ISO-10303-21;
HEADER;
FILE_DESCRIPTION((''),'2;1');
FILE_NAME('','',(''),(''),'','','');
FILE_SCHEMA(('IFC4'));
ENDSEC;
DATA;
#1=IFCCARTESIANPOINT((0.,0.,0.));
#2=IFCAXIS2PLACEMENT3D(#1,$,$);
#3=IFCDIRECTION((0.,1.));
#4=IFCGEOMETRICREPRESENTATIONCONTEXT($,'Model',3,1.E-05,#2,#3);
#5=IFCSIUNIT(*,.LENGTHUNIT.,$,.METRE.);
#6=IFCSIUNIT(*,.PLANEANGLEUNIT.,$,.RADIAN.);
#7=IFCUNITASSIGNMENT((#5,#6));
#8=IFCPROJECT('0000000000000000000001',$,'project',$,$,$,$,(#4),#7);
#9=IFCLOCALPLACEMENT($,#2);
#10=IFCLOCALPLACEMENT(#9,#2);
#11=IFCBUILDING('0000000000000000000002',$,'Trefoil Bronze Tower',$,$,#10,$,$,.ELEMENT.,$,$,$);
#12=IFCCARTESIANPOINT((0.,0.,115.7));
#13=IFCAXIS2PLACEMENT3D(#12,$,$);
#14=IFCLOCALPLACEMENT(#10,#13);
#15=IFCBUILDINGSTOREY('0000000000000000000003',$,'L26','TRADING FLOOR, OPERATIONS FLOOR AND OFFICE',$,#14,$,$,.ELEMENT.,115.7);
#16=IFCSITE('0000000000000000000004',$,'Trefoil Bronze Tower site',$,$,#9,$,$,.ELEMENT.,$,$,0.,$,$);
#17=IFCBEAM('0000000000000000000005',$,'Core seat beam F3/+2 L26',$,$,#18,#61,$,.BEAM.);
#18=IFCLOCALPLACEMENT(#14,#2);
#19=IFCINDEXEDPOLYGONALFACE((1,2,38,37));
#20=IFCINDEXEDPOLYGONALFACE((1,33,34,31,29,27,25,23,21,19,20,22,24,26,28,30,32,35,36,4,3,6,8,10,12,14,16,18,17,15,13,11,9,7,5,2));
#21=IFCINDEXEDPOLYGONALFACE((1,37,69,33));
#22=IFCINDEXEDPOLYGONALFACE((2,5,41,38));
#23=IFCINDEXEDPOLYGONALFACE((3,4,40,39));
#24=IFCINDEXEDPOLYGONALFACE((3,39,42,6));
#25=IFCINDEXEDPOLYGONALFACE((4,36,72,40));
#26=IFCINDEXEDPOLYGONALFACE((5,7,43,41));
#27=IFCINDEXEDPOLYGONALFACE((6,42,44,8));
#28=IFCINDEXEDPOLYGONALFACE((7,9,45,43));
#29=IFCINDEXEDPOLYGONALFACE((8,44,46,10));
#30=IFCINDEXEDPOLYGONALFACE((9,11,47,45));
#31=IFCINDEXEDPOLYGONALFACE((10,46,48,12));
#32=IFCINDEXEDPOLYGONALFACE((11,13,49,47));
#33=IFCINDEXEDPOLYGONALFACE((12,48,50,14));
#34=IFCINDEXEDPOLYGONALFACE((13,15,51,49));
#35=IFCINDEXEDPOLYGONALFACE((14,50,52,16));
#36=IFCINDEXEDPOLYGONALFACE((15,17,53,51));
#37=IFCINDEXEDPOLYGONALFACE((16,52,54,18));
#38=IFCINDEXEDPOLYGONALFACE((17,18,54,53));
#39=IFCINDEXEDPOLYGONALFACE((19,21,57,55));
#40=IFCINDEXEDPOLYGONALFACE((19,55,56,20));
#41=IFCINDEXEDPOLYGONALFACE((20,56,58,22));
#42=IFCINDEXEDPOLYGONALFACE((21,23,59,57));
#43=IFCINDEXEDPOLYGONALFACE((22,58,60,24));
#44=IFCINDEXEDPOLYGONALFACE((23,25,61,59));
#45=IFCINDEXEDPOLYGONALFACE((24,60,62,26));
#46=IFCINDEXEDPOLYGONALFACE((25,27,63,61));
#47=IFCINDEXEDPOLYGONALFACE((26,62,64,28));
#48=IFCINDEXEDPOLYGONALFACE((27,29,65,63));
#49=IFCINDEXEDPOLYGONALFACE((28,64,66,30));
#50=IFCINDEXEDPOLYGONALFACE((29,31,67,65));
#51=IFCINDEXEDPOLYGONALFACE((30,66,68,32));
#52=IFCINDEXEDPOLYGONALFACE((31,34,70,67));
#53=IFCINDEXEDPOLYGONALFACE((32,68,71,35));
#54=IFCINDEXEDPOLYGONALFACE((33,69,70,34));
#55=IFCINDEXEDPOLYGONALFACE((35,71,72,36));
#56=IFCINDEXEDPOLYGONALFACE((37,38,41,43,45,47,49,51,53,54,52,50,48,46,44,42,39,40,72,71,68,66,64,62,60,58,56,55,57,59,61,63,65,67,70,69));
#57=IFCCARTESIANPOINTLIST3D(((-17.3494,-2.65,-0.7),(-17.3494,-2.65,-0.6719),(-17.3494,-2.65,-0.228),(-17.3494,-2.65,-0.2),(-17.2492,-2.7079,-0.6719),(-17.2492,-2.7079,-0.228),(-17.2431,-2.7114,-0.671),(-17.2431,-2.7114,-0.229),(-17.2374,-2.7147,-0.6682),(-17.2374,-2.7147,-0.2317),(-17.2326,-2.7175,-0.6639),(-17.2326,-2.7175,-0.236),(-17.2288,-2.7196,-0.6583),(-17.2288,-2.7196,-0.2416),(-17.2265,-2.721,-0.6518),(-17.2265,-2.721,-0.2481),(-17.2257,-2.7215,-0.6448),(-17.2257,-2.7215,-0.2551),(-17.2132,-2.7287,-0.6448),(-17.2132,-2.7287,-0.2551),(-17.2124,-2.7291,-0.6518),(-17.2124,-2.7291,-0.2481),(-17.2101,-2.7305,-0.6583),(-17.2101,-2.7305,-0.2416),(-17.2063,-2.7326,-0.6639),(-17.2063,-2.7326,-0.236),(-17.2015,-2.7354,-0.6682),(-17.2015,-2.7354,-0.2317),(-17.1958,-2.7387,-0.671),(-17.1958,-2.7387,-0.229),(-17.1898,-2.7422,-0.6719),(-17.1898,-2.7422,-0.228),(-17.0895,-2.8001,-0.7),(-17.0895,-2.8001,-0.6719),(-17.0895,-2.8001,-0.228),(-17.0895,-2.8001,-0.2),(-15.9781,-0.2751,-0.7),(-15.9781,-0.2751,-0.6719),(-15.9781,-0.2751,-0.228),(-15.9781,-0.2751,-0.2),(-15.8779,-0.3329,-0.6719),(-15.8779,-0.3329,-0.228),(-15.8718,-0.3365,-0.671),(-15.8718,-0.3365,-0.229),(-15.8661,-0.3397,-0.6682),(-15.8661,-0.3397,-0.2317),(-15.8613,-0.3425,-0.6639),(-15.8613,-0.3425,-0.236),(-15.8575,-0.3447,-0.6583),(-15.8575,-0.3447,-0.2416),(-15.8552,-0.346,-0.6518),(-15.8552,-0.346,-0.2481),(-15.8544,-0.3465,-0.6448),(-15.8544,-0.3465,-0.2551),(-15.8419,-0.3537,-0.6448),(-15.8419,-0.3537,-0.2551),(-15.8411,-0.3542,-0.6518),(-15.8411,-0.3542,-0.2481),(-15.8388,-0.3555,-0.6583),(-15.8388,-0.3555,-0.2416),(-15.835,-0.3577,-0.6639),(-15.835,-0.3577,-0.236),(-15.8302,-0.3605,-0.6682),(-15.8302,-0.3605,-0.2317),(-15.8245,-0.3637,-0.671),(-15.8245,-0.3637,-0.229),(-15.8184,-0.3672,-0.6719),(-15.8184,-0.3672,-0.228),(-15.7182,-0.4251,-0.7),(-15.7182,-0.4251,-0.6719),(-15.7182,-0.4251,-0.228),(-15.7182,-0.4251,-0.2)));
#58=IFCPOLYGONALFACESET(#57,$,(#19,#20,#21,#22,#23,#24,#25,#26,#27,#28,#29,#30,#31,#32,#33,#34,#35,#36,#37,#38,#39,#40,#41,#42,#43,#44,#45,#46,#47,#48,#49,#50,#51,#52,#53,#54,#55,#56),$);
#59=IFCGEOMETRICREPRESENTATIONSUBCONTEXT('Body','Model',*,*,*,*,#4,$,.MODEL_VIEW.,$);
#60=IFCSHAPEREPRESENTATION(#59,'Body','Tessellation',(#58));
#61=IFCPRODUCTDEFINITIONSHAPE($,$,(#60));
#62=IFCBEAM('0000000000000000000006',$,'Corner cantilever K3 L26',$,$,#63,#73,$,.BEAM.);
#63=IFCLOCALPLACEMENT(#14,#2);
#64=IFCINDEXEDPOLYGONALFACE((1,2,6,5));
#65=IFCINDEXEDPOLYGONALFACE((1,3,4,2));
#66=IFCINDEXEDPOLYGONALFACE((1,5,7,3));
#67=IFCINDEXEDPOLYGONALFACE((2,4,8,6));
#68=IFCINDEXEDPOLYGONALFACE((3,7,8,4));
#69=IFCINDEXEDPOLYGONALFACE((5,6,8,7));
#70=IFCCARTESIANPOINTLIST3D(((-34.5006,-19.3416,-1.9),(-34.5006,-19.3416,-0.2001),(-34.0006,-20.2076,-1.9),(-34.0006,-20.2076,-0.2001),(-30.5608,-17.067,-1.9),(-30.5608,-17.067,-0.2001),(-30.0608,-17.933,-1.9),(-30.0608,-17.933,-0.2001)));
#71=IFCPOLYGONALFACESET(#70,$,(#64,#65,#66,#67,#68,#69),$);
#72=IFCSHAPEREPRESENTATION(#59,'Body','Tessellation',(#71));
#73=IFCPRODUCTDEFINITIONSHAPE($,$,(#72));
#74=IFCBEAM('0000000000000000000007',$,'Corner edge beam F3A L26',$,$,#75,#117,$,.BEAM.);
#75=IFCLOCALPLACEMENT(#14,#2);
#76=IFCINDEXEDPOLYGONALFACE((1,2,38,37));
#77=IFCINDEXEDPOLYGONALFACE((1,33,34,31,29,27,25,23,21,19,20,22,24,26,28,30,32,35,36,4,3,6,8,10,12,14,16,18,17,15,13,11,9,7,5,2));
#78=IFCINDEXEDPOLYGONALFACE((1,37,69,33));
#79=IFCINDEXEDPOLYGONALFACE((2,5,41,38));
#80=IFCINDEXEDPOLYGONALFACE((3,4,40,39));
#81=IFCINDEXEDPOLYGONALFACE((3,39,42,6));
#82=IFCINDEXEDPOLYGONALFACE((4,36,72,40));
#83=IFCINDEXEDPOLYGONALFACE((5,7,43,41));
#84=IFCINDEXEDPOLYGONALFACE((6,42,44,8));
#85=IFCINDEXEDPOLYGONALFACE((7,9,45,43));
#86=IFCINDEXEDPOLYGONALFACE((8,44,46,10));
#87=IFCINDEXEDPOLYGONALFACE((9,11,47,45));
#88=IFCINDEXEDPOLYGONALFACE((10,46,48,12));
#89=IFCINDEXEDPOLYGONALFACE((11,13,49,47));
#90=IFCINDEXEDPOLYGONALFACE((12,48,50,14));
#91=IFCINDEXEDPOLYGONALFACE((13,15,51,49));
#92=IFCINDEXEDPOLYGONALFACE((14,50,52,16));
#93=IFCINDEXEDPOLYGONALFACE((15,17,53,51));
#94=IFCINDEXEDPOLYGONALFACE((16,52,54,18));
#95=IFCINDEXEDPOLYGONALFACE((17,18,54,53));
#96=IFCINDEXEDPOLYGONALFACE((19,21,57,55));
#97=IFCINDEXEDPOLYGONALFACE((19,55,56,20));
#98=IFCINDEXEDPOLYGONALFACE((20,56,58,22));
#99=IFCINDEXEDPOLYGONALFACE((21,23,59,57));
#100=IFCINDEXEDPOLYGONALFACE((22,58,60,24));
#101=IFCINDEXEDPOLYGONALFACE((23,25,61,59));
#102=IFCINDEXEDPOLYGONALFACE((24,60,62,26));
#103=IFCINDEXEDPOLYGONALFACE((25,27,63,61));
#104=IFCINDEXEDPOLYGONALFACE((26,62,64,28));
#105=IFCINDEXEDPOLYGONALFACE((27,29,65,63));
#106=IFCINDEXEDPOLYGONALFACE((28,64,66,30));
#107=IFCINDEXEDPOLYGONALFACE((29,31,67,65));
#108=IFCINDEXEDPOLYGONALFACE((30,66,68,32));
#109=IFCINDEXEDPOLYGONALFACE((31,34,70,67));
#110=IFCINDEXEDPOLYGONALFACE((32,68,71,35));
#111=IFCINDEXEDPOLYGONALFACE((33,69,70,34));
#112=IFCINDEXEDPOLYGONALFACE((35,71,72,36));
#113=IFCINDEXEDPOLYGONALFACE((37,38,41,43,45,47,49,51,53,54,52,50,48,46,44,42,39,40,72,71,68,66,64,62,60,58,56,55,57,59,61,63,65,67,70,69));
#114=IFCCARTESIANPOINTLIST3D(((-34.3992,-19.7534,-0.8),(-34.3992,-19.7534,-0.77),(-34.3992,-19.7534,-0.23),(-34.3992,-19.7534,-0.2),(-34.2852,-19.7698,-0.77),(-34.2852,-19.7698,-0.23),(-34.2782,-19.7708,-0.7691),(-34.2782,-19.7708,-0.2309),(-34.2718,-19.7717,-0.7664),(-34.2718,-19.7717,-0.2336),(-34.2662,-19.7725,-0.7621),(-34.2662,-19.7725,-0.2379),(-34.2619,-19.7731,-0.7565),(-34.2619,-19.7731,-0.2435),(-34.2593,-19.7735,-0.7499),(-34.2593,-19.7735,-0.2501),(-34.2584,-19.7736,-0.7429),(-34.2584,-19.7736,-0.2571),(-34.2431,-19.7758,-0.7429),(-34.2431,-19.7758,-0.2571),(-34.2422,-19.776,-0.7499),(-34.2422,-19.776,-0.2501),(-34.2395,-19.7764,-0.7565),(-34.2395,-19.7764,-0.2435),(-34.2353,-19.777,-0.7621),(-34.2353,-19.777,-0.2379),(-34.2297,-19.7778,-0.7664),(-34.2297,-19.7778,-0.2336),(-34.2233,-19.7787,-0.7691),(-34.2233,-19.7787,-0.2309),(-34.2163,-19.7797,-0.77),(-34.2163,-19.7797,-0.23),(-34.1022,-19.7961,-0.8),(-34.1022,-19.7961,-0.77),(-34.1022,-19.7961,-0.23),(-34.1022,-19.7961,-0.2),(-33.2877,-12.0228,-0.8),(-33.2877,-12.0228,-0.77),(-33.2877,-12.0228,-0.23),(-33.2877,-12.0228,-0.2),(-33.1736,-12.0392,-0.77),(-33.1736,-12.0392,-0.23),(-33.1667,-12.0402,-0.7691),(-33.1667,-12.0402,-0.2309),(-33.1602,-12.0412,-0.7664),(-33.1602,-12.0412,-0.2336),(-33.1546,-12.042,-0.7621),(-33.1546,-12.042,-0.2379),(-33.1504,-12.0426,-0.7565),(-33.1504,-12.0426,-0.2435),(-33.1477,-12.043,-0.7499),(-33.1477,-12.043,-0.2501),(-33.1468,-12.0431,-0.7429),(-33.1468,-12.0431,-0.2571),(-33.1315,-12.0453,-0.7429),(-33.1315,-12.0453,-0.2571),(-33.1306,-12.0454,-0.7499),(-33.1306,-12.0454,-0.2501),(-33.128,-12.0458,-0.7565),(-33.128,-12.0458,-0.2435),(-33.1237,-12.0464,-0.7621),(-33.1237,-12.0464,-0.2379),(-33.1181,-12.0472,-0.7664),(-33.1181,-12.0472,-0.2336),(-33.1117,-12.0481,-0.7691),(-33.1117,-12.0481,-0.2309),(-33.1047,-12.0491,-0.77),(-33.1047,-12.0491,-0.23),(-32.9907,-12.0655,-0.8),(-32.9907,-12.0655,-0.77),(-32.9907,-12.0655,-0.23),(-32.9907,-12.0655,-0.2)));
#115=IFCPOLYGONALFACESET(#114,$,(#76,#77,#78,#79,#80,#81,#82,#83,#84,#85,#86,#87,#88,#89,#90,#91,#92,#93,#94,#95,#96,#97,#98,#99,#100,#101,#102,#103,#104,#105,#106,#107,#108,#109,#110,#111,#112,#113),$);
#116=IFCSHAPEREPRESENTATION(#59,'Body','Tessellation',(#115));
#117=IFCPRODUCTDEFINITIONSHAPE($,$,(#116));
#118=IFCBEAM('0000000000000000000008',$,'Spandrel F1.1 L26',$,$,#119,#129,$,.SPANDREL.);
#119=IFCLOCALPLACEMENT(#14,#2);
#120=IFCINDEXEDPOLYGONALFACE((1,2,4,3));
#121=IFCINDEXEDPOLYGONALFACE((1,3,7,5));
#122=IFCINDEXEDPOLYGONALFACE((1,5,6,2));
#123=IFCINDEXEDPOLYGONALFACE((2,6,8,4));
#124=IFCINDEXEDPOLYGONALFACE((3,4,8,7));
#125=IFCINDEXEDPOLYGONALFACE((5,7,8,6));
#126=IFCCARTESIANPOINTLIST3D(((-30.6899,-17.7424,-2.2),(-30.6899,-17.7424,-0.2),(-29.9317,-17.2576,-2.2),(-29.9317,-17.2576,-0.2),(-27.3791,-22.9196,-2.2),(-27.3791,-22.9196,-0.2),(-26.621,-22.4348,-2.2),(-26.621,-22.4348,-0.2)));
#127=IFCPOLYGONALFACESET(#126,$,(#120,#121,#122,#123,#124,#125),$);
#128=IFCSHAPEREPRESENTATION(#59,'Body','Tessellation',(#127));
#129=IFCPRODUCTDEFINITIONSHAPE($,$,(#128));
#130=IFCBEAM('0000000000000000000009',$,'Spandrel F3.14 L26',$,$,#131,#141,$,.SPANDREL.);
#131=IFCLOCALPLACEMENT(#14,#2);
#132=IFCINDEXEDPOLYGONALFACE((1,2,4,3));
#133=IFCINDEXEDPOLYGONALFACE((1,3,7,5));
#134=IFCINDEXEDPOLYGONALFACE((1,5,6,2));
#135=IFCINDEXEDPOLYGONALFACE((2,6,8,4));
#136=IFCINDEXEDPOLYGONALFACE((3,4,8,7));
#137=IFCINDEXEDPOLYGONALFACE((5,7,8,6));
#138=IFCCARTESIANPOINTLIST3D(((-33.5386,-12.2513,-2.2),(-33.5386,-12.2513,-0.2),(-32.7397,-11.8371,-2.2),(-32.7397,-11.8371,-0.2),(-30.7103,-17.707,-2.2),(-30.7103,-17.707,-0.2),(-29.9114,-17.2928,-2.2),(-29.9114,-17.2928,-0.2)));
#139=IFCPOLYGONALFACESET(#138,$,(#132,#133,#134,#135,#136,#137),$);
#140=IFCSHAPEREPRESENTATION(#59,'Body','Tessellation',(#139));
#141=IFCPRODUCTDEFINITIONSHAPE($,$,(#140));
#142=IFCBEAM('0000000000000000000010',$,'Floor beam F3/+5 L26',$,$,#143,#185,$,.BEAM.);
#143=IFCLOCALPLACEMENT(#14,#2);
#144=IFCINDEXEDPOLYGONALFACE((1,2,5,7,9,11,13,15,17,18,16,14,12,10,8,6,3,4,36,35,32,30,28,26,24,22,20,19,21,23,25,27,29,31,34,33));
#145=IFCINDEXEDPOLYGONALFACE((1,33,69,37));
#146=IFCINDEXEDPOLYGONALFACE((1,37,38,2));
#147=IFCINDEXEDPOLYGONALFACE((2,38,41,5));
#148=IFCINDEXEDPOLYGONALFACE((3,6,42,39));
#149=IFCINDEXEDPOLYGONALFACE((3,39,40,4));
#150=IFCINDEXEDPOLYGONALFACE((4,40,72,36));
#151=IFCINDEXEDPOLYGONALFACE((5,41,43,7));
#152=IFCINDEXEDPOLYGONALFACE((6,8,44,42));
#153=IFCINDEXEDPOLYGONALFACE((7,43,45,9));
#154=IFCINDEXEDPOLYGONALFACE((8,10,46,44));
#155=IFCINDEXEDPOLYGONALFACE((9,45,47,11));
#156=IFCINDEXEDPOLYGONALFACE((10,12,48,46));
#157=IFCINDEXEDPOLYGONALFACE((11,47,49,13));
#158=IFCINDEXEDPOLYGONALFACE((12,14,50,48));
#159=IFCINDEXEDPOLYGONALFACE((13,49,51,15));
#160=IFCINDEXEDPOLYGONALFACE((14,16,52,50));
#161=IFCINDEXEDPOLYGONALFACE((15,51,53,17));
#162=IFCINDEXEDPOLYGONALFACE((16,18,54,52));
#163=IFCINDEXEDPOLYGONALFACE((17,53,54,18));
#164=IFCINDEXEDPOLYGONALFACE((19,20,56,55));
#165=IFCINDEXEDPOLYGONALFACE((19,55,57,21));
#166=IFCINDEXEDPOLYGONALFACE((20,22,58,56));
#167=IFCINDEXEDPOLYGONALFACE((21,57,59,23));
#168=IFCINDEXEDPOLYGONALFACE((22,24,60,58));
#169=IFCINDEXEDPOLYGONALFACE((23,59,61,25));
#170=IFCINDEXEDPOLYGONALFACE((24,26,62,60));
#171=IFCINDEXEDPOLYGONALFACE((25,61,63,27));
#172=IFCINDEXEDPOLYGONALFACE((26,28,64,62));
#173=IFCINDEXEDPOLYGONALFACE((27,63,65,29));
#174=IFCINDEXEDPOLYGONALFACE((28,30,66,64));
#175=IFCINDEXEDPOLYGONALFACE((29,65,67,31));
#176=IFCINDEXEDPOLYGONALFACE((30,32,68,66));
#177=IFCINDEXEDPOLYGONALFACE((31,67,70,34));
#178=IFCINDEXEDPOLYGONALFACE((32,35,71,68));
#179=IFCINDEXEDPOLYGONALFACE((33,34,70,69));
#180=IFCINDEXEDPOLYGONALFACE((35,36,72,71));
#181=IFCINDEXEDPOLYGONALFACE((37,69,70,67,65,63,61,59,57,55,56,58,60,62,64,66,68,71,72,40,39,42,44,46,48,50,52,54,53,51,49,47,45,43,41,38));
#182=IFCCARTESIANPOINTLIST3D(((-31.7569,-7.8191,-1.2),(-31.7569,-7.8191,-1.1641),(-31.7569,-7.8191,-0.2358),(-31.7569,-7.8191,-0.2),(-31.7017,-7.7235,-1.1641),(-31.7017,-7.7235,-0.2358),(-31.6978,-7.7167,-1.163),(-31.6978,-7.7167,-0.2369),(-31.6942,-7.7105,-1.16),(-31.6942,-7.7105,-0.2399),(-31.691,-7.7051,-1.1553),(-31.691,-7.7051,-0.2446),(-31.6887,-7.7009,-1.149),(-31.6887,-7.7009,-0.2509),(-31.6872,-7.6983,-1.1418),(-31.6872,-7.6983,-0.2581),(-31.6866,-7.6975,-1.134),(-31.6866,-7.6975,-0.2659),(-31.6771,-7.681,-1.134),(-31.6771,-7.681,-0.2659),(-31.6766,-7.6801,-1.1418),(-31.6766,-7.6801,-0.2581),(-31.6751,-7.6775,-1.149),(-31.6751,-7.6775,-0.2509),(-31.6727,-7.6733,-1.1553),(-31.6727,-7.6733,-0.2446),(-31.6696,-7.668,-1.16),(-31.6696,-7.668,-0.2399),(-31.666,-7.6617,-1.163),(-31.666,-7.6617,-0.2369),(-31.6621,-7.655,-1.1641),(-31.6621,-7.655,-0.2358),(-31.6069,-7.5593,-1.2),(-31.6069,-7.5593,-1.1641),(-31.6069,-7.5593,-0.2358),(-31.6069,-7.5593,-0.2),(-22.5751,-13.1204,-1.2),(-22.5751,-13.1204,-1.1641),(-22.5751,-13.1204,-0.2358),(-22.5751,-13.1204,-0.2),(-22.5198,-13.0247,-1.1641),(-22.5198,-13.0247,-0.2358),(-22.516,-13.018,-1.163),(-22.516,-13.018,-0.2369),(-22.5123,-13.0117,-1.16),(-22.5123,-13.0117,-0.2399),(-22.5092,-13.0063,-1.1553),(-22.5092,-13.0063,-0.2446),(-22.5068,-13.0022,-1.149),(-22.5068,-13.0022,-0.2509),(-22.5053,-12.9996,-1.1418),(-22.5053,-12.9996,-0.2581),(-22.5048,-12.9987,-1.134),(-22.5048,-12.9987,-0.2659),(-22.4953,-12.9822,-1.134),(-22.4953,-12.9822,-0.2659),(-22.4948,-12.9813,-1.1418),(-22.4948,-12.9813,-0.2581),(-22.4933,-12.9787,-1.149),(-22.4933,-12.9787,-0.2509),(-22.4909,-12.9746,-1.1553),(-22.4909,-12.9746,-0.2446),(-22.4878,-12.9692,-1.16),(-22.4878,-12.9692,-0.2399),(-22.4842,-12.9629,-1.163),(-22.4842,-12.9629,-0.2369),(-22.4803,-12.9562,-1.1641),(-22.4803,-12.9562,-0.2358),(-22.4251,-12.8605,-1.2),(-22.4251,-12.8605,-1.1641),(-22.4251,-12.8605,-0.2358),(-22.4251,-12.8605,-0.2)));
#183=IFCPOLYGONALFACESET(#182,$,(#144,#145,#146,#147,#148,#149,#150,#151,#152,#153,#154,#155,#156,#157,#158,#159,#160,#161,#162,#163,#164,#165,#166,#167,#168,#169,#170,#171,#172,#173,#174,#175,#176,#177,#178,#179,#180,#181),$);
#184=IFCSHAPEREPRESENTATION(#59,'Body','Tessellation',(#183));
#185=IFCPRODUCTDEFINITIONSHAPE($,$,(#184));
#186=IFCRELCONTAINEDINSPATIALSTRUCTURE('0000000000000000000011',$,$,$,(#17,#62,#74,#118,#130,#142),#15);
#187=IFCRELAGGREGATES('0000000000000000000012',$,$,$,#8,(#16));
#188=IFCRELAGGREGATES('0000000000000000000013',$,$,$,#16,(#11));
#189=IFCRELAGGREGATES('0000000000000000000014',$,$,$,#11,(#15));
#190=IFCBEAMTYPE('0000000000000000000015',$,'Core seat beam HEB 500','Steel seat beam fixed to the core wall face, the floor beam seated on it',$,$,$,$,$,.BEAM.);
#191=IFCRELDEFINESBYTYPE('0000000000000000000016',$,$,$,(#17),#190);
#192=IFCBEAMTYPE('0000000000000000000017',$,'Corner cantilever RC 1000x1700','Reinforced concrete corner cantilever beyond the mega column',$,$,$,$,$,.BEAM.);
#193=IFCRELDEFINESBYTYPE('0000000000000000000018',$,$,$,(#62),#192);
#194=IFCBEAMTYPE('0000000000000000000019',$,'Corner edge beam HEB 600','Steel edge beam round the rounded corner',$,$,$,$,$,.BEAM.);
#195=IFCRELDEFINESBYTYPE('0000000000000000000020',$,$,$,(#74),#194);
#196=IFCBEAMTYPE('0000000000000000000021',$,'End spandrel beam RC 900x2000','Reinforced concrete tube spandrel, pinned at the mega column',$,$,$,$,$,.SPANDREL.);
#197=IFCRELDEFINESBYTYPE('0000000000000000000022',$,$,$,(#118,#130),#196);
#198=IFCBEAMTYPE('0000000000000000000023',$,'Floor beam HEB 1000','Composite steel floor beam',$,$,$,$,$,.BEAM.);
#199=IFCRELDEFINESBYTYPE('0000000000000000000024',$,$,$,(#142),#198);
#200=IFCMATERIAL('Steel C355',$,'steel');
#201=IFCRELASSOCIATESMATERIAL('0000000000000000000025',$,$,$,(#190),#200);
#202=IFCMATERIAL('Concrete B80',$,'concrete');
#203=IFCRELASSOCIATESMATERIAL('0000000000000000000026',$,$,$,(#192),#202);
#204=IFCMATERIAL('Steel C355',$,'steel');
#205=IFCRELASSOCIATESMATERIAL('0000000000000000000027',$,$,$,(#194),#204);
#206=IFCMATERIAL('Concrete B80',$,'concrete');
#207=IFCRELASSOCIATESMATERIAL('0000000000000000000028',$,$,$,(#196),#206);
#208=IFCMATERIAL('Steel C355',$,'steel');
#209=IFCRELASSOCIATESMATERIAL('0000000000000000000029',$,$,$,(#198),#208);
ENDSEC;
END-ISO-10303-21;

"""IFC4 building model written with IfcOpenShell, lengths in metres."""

from ifc_helpers import new_model, si_unit, direction, frame, origin, origin_2d, place, context, subcontext, project, spatial, rectangle, i_section, extrude, material, material_profile, profile_set, type_object, element, save


model = new_model("IFC4")

# Units and contexts
model_context = context("Model", 3, precision=1e-05, world=origin(), true_north=direction((0.0, 1.0)))
body_context = subcontext(model_context, "Body", "Model", "MODEL_VIEW")
ifc_project = project(units=[si_unit("LENGTHUNIT", "METRE"), si_unit("PLANEANGLEUNIT", "RADIAN")], contexts=[model_context])

# Site, building, storey
site_placement = place(None, origin())
site = spatial("IfcSite", under=ifc_project, at=site_placement, Name="Trefoil Bronze Tower site", CompositionType="ELEMENT", RefElevation=0.0)
building_placement = place(site_placement, origin())
building = spatial("IfcBuilding", under=site, at=building_placement, Name="Trefoil Bronze Tower", CompositionType="ELEMENT")
storey_placement = place(building_placement, frame((0.0, 0.0, 115.7)))
storey = spatial("IfcBuildingStorey", under=building, at=storey_placement, Name="L26", Description="TRADING FLOOR, OPERATIONS FLOOR AND OFFICE", CompositionType="ELEMENT", Elevation=115.7)

# Beams
ifc_material_1 = material(Name="Steel C355", Category="steel")
ifc_material_profile_1 = material_profile(ifc_material_1, i_section(OverallWidth=0.3, OverallDepth=0.5, WebThickness=0.0144, FlangeThickness=0.0281, FilletRadius=0.0271, at=origin_2d()), Name="HEB 500")
ifc_profile_set_1 = profile_set([ifc_material_profile_1], Name="Steel C355")
beam_type_1 = type_object("IfcBeamType", Name="Core seat beam HEB 500", Description="Steel seat beam fixed to the core wall face, the floor beam seated on it", PredefinedType="BEAM", material=ifc_profile_set_1)
beam_1_placement = place(storey_placement, frame((-15.8481, -0.3501, -0.45), z_axis=(-0.500036, -0.866005, 0.0), x_axis=(0.866005, -0.500036, 0.0)))
element("IfcBeam", 1, at=beam_1_placement, inside=storey, type_object=beam_type_1, Name="Core seat beam F3/+2 L26", PredefinedType="BEAM", context=body_context, shape_type="SweptSolid", body=[
    extrude(i_section(OverallWidth=0.3, OverallDepth=0.5, WebThickness=0.0144, FlangeThickness=0.0281, FilletRadius=0.0271, at=origin_2d()), origin(), (0.0, 0.0, 1.0), 2.7424),
])
ifc_material_2 = material(Name="Concrete B80", Category="concrete")
ifc_material_profile_2 = material_profile(ifc_material_2, rectangle(XDim=1.0, YDim=1.7, at=origin_2d()), Name="RC 1000x1700")
ifc_profile_set_2 = profile_set([ifc_material_profile_2], Name="Concrete B80")
beam_type_2 = type_object("IfcBeamType", Name="Corner cantilever RC 1000x1700", Description="Reinforced concrete corner cantilever beyond the mega column", PredefinedType="BEAM", material=ifc_profile_set_2)
beam_2_placement = place(storey_placement, frame((-30.3108, -17.5, -1.05), z_axis=(-0.866032, -0.499989, 0.0), x_axis=(0.499989, -0.866032, 0.0)))
element("IfcBeam", 2, at=beam_2_placement, inside=storey, type_object=beam_type_2, Name="Corner cantilever K3 L26", PredefinedType="BEAM", context=body_context, shape_type="SweptSolid", body=[
    extrude(rectangle(XDim=1.0, YDim=1.7, at=origin_2d()), origin(), (0.0, 0.0, 1.0), 4.5493),
])
ifc_material_3 = material(Name="Steel C355", Category="steel")
ifc_material_profile_3 = material_profile(ifc_material_3, i_section(OverallWidth=0.3, OverallDepth=0.6001, WebThickness=0.0154, FlangeThickness=0.03, FilletRadius=0.0271, at=origin_2d()), Name="HEB 600")
ifc_profile_set_3 = profile_set([ifc_material_profile_3], Name="Steel C355")
beam_type_3 = type_object("IfcBeamType", Name="Corner edge beam HEB 600", Description="Steel edge beam round the rounded corner", PredefinedType="BEAM", material=ifc_profile_set_3)
beam_3_placement = place(storey_placement, frame((-33.1392, -12.0442, -0.5), z_axis=(-0.142327, -0.98982, 0.0), x_axis=(0.98982, -0.142327, 0.0)))
element("IfcBeam", 3, at=beam_3_placement, inside=storey, type_object=beam_type_3, Name="Corner edge beam F3A L26", PredefinedType="BEAM", context=body_context, shape_type="SweptSolid", body=[
    extrude(i_section(OverallWidth=0.3, OverallDepth=0.6001, WebThickness=0.0154, FlangeThickness=0.03, FilletRadius=0.0271, at=origin_2d()), origin(), (0.0, 0.0, 1.0), 7.8101),
])
ifc_material_4 = material(Name="Concrete B80", Category="concrete")
ifc_material_profile_4 = material_profile(ifc_material_4, rectangle(XDim=0.8999, YDim=2.0, at=origin_2d()), Name="RC 900x2000")
ifc_profile_set_4 = profile_set([ifc_material_profile_4], Name="Concrete B80")
beam_type_4 = type_object("IfcBeamType", Name="End spandrel beam RC 900x2000", Description="Reinforced concrete tube spandrel, pinned at the mega column", PredefinedType="SPANDREL", material=ifc_profile_set_4)
for number, where, z_axis, x_axis, name in (
    (4, (-30.3108, -17.5, -1.2), (0.538748, -0.842467, 0.0), (0.842467, 0.538748, 0.0), "Spandrel F1.1 L26"),
    (5, (-33.1392, -12.0442, -1.2), (0.460244, -0.887792, 0.0), (0.887792, 0.460244, 0.0), "Spandrel F3.14 L26"),
):
    element("IfcBeam", number, at=place(storey_placement, frame(where, z_axis=z_axis, x_axis=x_axis)), inside=storey, type_object=beam_type_4, Name=name, PredefinedType="SPANDREL", context=body_context, shape_type="SweptSolid", body=[
        extrude(rectangle(XDim=0.8999, YDim=2.0, at=origin_2d()), origin(), (0.0, 0.0, 1.0), 6.1453),
    ])
ifc_material_5 = material(Name="Steel C355", Category="steel")
ifc_material_profile_5 = material_profile(ifc_material_5, i_section(OverallWidth=0.3, OverallDepth=1.0, WebThickness=0.019, FlangeThickness=0.0359, FilletRadius=0.03, at=origin_2d()), Name="HEB 1000")
ifc_profile_set_5 = profile_set([ifc_material_profile_5], Name="Steel C355")
beam_type_5 = type_object("IfcBeamType", Name="Floor beam HEB 1000", Description="Composite steel floor beam", PredefinedType="BEAM", material=ifc_profile_set_5)
beam_4_placement = place(storey_placement, frame((-31.6819, -7.6892, -0.7), z_axis=(0.866021, -0.500007, 0.0), x_axis=(0.500007, 0.866021, 0.0)))
element("IfcBeam", 6, at=beam_4_placement, inside=storey, type_object=beam_type_5, Name="Floor beam F3/+5 L26", PredefinedType="BEAM", context=body_context, shape_type="SweptSolid", body=[
    extrude(i_section(OverallWidth=0.3, OverallDepth=1.0, WebThickness=0.019, FlangeThickness=0.0359, FilletRadius=0.03, at=origin_2d()), origin(), (0.0, 0.0, 1.0), 10.6023),
])

save(model, "model.ifc")
